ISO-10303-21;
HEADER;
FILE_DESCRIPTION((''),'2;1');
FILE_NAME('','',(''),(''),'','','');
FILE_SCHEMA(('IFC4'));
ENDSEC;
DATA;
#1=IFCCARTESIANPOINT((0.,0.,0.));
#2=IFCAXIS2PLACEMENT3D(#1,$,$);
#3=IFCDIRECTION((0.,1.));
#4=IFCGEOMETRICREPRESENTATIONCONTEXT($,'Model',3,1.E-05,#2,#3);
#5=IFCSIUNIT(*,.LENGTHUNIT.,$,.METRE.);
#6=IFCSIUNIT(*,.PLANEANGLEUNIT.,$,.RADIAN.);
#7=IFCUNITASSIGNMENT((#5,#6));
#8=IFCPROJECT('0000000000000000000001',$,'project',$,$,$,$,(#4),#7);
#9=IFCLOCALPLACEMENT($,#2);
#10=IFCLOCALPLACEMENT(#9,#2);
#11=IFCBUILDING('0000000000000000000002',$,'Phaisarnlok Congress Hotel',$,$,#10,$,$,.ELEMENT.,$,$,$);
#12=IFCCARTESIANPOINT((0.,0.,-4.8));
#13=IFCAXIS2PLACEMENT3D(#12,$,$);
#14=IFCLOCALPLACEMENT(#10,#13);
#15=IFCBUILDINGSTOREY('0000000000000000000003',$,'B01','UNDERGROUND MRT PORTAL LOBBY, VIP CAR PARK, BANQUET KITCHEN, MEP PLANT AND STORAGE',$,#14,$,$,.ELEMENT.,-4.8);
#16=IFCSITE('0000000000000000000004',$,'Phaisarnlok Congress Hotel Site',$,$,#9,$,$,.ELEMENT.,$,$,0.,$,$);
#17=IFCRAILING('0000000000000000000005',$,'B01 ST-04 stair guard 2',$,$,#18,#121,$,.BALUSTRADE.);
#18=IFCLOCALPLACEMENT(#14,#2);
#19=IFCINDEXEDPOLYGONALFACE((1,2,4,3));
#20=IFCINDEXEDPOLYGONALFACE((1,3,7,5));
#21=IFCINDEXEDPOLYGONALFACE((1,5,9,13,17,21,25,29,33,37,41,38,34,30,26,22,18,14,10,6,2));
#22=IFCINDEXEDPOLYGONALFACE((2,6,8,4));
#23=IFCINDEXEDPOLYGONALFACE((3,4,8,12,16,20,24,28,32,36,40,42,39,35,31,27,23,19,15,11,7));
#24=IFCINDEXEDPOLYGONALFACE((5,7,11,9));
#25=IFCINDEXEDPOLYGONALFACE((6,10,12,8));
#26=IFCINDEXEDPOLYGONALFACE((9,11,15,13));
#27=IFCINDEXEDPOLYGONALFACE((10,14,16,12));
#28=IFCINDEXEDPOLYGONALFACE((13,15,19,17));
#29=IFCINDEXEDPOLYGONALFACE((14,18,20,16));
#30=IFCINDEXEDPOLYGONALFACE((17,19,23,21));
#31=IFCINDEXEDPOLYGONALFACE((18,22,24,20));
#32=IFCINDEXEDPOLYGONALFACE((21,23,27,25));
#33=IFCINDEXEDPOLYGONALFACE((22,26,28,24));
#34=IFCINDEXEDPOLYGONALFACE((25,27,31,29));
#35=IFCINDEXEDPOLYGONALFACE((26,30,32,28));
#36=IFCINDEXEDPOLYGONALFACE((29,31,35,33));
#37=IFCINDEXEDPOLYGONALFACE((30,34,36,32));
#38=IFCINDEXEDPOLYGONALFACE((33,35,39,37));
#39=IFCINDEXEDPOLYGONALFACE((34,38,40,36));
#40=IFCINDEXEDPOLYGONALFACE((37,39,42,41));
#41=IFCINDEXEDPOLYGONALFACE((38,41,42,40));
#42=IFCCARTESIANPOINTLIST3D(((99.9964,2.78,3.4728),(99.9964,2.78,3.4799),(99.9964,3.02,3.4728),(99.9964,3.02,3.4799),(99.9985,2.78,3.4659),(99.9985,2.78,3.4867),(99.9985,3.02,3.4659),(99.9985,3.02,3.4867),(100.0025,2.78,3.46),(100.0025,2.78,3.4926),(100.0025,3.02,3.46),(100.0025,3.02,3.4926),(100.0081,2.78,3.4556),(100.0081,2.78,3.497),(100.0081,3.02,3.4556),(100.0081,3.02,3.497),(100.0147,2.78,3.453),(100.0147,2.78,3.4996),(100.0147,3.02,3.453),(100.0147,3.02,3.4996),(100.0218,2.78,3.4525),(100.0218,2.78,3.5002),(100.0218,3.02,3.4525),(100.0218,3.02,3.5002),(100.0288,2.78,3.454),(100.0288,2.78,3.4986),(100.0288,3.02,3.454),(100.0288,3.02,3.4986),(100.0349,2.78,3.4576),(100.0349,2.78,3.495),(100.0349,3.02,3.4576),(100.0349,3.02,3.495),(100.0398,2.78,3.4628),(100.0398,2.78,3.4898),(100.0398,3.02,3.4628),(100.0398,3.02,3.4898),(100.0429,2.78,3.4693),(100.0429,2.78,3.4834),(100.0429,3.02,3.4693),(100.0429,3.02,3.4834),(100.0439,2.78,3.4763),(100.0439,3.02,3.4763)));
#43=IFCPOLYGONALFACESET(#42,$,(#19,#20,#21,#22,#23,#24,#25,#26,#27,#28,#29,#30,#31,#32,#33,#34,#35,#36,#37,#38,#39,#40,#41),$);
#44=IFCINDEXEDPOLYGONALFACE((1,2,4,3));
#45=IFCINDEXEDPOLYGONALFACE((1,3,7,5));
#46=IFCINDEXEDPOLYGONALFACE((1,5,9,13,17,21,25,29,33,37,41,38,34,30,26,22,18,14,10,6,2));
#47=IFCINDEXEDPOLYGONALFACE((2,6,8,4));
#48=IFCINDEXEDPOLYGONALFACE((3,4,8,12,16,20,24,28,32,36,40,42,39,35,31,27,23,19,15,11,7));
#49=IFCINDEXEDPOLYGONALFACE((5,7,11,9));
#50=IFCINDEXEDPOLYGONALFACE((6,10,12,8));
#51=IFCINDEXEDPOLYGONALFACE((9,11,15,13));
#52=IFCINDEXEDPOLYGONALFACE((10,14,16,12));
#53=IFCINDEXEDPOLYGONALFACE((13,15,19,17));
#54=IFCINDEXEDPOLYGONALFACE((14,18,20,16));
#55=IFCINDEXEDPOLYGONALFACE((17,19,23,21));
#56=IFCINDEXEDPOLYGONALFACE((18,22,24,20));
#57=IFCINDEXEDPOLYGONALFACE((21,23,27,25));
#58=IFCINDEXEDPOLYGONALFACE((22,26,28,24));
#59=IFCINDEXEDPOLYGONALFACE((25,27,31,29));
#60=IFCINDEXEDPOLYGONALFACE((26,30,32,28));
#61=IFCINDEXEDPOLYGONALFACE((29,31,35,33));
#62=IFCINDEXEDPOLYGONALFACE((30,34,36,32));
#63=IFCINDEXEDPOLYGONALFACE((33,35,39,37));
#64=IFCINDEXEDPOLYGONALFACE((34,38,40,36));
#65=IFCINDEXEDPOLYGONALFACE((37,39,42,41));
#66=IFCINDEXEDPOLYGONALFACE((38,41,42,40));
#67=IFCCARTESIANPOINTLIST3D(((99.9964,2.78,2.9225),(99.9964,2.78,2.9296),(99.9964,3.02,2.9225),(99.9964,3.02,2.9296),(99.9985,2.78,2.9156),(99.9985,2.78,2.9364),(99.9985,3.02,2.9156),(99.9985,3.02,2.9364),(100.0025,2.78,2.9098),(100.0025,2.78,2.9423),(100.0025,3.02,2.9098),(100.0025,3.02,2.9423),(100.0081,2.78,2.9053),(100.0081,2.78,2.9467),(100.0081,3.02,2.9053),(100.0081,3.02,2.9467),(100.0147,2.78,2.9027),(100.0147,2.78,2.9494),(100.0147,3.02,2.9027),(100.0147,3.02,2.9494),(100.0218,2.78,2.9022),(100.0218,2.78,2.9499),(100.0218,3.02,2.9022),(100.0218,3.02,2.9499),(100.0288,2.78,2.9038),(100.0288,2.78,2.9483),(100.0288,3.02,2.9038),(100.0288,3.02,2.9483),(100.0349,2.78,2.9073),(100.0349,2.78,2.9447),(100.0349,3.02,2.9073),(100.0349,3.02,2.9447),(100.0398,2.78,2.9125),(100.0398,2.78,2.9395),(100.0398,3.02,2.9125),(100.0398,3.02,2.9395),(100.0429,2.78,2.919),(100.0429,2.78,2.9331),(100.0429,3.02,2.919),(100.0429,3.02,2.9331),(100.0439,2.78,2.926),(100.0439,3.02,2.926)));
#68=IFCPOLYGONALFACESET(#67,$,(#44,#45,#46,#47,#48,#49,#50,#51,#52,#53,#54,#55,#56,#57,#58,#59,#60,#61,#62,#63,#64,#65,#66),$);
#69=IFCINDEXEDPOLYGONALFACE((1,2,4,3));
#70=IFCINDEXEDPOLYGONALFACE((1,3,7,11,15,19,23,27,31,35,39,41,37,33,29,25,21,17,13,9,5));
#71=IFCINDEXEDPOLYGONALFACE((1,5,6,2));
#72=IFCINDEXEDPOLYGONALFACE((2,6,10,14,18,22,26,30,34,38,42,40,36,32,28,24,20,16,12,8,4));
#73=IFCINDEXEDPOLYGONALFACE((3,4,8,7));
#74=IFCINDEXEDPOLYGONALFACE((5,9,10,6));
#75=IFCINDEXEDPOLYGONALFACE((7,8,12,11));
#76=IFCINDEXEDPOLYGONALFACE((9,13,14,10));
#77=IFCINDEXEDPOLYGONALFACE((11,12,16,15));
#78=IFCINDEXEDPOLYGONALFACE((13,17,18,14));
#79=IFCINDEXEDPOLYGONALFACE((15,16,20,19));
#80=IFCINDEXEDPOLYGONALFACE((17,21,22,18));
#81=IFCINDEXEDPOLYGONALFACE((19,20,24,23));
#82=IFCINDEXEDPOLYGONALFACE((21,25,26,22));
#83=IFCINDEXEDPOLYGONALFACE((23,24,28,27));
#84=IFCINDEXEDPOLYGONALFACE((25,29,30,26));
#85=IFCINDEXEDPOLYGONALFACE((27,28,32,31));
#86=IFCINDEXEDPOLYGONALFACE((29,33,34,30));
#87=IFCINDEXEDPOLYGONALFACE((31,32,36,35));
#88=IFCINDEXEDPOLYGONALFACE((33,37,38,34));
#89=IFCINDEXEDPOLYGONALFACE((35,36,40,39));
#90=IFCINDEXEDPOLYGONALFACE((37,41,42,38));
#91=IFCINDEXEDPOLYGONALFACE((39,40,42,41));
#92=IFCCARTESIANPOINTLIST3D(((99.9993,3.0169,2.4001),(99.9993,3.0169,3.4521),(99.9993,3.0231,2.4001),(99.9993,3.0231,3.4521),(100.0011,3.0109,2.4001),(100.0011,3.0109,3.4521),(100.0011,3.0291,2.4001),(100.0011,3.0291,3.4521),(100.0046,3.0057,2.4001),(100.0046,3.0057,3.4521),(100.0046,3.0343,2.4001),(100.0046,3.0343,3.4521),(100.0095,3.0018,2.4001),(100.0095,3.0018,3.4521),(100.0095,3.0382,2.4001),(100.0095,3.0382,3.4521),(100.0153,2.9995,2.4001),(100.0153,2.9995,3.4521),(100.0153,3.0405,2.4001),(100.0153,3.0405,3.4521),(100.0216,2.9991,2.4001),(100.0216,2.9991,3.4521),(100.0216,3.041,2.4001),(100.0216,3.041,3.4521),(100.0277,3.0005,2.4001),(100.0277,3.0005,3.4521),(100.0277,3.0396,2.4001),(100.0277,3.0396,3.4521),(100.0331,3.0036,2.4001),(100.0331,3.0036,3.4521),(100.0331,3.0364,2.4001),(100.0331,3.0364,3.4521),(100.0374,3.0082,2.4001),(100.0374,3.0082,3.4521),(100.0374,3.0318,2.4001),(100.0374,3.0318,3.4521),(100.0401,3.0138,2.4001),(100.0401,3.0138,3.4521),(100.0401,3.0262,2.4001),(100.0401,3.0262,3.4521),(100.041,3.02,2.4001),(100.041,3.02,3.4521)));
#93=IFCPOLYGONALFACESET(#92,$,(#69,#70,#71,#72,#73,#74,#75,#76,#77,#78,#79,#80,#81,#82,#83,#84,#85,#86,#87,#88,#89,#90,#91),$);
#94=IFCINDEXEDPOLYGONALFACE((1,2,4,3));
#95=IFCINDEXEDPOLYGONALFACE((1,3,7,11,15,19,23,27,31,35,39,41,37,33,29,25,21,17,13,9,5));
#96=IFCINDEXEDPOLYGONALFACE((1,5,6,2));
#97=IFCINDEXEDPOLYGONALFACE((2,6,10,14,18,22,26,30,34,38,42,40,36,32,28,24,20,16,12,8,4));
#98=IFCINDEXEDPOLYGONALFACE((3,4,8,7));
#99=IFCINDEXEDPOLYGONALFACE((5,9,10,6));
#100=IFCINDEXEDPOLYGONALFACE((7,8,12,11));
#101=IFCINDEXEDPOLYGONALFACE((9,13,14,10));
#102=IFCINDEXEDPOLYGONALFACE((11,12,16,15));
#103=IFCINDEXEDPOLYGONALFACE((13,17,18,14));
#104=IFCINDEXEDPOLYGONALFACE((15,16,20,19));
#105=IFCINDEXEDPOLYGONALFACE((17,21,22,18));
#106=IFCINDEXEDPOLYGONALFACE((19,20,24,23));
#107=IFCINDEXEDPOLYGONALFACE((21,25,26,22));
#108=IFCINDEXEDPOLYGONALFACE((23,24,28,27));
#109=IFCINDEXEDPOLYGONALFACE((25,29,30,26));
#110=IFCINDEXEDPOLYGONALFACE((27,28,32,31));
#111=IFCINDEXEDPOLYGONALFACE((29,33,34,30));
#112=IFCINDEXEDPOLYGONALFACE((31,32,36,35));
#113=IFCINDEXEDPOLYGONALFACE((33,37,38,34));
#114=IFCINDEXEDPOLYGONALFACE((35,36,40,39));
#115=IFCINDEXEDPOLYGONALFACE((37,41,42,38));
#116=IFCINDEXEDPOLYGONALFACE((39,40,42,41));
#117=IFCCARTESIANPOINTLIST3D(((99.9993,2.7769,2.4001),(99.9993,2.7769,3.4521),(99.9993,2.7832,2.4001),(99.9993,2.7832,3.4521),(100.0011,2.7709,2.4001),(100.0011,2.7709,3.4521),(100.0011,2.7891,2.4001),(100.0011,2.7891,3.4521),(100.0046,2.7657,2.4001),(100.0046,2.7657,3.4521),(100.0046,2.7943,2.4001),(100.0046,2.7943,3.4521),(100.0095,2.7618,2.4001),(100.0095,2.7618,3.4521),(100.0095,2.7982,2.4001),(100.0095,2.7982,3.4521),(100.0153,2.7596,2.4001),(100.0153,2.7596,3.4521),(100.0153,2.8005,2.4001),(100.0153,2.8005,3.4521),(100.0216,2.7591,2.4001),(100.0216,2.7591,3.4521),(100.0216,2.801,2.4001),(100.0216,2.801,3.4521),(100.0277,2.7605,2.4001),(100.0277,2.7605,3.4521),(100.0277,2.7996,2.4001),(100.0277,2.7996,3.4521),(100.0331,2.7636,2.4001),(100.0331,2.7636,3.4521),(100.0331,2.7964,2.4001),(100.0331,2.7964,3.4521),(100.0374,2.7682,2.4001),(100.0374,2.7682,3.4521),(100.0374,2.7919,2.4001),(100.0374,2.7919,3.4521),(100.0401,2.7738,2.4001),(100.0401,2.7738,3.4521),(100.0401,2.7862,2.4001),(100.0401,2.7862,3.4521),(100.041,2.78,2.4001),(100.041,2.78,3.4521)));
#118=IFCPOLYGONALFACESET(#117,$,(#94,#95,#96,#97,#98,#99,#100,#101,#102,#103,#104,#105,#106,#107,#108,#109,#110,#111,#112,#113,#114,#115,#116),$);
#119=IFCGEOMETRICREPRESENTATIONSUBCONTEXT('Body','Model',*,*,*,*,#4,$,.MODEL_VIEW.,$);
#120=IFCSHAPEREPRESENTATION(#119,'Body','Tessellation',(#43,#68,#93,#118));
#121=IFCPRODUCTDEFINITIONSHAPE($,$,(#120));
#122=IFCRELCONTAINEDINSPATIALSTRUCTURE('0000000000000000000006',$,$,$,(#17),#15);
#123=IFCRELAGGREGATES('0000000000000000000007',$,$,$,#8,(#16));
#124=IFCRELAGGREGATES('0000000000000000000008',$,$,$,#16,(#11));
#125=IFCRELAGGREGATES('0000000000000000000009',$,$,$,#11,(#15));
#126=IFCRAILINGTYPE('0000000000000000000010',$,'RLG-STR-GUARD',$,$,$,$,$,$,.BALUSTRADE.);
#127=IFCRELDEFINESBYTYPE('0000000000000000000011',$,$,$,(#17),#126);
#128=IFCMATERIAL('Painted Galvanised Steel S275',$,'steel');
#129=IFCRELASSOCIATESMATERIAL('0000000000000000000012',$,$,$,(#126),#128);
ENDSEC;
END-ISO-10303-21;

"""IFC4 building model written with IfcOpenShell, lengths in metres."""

from ifc_helpers import new_model, si_unit, direction, frame, origin, origin_2d, place, context, subcontext, project, spatial, circle, extrude, material, type_object, element, save


model = new_model("IFC4")

# Units and contexts
model_context = context("Model", 3, precision=1e-05, world=origin(), true_north=direction((0.0, 1.0)))
body_context = subcontext(model_context, "Body", "Model", "MODEL_VIEW")
ifc_project = project(units=[si_unit("LENGTHUNIT", "METRE"), si_unit("PLANEANGLEUNIT", "RADIAN")], contexts=[model_context])

# Site, building, storey
site_placement = place(None, origin())
site = spatial("IfcSite", under=ifc_project, at=site_placement, Name="Phaisarnlok Congress Hotel Site", CompositionType="ELEMENT", RefElevation=0.0)
building_placement = place(site_placement, origin())
building = spatial("IfcBuilding", under=site, at=building_placement, Name="Phaisarnlok Congress Hotel", CompositionType="ELEMENT")
storey_placement = place(building_placement, frame((0.0, 0.0, -4.8)))
storey = spatial("IfcBuildingStorey", under=building, at=storey_placement, Name="B01", Description="UNDERGROUND MRT PORTAL LOBBY, VIP CAR PARK, BANQUET KITCHEN, MEP PLANT AND STORAGE", CompositionType="ELEMENT", Elevation=-4.8)

# Railing
ifc_material_1 = material(Name="Painted Galvanised Steel S275", Category="steel")
railing_type_1 = type_object("IfcRailingType", Name="RLG-STR-GUARD", PredefinedType="BALUSTRADE", material=ifc_material_1)
railing_1_placement = place(storey_placement, frame((100.02, 3.02, 2.4001)))
element("IfcRailing", 1, at=railing_1_placement, inside=storey, type_object=railing_type_1, Name="B01 ST-04 stair guard 2", PredefinedType="BALUSTRADE", context=body_context, shape_type="SweptSolid", body=[
    extrude(circle(Radius=0.0239, at=origin_2d()), frame((0.0, 0.0, 1.0762), z_axis=(0.0, -1.0, 0.0), x_axis=(1.0, 0.0, 0.0)), (0.0, 0.0, 1.0), 0.24),
    extrude(circle(Radius=0.0239, at=origin_2d()), frame((0.0, 0.0, 0.5259), z_axis=(0.0, -1.0, 0.0), x_axis=(1.0, 0.0, 0.0)), (0.0, 0.0, 1.0), 0.24),
    extrude(circle(Radius=0.021, at=origin_2d()), origin(), (0.0, 0.0, 1.0), 1.052),
    extrude(circle(Radius=0.021, at=origin_2d()), frame((0.0, -0.24, 0.0)), (0.0, 0.0, 1.0), 1.052),
])

save(model, "model.ifc")
